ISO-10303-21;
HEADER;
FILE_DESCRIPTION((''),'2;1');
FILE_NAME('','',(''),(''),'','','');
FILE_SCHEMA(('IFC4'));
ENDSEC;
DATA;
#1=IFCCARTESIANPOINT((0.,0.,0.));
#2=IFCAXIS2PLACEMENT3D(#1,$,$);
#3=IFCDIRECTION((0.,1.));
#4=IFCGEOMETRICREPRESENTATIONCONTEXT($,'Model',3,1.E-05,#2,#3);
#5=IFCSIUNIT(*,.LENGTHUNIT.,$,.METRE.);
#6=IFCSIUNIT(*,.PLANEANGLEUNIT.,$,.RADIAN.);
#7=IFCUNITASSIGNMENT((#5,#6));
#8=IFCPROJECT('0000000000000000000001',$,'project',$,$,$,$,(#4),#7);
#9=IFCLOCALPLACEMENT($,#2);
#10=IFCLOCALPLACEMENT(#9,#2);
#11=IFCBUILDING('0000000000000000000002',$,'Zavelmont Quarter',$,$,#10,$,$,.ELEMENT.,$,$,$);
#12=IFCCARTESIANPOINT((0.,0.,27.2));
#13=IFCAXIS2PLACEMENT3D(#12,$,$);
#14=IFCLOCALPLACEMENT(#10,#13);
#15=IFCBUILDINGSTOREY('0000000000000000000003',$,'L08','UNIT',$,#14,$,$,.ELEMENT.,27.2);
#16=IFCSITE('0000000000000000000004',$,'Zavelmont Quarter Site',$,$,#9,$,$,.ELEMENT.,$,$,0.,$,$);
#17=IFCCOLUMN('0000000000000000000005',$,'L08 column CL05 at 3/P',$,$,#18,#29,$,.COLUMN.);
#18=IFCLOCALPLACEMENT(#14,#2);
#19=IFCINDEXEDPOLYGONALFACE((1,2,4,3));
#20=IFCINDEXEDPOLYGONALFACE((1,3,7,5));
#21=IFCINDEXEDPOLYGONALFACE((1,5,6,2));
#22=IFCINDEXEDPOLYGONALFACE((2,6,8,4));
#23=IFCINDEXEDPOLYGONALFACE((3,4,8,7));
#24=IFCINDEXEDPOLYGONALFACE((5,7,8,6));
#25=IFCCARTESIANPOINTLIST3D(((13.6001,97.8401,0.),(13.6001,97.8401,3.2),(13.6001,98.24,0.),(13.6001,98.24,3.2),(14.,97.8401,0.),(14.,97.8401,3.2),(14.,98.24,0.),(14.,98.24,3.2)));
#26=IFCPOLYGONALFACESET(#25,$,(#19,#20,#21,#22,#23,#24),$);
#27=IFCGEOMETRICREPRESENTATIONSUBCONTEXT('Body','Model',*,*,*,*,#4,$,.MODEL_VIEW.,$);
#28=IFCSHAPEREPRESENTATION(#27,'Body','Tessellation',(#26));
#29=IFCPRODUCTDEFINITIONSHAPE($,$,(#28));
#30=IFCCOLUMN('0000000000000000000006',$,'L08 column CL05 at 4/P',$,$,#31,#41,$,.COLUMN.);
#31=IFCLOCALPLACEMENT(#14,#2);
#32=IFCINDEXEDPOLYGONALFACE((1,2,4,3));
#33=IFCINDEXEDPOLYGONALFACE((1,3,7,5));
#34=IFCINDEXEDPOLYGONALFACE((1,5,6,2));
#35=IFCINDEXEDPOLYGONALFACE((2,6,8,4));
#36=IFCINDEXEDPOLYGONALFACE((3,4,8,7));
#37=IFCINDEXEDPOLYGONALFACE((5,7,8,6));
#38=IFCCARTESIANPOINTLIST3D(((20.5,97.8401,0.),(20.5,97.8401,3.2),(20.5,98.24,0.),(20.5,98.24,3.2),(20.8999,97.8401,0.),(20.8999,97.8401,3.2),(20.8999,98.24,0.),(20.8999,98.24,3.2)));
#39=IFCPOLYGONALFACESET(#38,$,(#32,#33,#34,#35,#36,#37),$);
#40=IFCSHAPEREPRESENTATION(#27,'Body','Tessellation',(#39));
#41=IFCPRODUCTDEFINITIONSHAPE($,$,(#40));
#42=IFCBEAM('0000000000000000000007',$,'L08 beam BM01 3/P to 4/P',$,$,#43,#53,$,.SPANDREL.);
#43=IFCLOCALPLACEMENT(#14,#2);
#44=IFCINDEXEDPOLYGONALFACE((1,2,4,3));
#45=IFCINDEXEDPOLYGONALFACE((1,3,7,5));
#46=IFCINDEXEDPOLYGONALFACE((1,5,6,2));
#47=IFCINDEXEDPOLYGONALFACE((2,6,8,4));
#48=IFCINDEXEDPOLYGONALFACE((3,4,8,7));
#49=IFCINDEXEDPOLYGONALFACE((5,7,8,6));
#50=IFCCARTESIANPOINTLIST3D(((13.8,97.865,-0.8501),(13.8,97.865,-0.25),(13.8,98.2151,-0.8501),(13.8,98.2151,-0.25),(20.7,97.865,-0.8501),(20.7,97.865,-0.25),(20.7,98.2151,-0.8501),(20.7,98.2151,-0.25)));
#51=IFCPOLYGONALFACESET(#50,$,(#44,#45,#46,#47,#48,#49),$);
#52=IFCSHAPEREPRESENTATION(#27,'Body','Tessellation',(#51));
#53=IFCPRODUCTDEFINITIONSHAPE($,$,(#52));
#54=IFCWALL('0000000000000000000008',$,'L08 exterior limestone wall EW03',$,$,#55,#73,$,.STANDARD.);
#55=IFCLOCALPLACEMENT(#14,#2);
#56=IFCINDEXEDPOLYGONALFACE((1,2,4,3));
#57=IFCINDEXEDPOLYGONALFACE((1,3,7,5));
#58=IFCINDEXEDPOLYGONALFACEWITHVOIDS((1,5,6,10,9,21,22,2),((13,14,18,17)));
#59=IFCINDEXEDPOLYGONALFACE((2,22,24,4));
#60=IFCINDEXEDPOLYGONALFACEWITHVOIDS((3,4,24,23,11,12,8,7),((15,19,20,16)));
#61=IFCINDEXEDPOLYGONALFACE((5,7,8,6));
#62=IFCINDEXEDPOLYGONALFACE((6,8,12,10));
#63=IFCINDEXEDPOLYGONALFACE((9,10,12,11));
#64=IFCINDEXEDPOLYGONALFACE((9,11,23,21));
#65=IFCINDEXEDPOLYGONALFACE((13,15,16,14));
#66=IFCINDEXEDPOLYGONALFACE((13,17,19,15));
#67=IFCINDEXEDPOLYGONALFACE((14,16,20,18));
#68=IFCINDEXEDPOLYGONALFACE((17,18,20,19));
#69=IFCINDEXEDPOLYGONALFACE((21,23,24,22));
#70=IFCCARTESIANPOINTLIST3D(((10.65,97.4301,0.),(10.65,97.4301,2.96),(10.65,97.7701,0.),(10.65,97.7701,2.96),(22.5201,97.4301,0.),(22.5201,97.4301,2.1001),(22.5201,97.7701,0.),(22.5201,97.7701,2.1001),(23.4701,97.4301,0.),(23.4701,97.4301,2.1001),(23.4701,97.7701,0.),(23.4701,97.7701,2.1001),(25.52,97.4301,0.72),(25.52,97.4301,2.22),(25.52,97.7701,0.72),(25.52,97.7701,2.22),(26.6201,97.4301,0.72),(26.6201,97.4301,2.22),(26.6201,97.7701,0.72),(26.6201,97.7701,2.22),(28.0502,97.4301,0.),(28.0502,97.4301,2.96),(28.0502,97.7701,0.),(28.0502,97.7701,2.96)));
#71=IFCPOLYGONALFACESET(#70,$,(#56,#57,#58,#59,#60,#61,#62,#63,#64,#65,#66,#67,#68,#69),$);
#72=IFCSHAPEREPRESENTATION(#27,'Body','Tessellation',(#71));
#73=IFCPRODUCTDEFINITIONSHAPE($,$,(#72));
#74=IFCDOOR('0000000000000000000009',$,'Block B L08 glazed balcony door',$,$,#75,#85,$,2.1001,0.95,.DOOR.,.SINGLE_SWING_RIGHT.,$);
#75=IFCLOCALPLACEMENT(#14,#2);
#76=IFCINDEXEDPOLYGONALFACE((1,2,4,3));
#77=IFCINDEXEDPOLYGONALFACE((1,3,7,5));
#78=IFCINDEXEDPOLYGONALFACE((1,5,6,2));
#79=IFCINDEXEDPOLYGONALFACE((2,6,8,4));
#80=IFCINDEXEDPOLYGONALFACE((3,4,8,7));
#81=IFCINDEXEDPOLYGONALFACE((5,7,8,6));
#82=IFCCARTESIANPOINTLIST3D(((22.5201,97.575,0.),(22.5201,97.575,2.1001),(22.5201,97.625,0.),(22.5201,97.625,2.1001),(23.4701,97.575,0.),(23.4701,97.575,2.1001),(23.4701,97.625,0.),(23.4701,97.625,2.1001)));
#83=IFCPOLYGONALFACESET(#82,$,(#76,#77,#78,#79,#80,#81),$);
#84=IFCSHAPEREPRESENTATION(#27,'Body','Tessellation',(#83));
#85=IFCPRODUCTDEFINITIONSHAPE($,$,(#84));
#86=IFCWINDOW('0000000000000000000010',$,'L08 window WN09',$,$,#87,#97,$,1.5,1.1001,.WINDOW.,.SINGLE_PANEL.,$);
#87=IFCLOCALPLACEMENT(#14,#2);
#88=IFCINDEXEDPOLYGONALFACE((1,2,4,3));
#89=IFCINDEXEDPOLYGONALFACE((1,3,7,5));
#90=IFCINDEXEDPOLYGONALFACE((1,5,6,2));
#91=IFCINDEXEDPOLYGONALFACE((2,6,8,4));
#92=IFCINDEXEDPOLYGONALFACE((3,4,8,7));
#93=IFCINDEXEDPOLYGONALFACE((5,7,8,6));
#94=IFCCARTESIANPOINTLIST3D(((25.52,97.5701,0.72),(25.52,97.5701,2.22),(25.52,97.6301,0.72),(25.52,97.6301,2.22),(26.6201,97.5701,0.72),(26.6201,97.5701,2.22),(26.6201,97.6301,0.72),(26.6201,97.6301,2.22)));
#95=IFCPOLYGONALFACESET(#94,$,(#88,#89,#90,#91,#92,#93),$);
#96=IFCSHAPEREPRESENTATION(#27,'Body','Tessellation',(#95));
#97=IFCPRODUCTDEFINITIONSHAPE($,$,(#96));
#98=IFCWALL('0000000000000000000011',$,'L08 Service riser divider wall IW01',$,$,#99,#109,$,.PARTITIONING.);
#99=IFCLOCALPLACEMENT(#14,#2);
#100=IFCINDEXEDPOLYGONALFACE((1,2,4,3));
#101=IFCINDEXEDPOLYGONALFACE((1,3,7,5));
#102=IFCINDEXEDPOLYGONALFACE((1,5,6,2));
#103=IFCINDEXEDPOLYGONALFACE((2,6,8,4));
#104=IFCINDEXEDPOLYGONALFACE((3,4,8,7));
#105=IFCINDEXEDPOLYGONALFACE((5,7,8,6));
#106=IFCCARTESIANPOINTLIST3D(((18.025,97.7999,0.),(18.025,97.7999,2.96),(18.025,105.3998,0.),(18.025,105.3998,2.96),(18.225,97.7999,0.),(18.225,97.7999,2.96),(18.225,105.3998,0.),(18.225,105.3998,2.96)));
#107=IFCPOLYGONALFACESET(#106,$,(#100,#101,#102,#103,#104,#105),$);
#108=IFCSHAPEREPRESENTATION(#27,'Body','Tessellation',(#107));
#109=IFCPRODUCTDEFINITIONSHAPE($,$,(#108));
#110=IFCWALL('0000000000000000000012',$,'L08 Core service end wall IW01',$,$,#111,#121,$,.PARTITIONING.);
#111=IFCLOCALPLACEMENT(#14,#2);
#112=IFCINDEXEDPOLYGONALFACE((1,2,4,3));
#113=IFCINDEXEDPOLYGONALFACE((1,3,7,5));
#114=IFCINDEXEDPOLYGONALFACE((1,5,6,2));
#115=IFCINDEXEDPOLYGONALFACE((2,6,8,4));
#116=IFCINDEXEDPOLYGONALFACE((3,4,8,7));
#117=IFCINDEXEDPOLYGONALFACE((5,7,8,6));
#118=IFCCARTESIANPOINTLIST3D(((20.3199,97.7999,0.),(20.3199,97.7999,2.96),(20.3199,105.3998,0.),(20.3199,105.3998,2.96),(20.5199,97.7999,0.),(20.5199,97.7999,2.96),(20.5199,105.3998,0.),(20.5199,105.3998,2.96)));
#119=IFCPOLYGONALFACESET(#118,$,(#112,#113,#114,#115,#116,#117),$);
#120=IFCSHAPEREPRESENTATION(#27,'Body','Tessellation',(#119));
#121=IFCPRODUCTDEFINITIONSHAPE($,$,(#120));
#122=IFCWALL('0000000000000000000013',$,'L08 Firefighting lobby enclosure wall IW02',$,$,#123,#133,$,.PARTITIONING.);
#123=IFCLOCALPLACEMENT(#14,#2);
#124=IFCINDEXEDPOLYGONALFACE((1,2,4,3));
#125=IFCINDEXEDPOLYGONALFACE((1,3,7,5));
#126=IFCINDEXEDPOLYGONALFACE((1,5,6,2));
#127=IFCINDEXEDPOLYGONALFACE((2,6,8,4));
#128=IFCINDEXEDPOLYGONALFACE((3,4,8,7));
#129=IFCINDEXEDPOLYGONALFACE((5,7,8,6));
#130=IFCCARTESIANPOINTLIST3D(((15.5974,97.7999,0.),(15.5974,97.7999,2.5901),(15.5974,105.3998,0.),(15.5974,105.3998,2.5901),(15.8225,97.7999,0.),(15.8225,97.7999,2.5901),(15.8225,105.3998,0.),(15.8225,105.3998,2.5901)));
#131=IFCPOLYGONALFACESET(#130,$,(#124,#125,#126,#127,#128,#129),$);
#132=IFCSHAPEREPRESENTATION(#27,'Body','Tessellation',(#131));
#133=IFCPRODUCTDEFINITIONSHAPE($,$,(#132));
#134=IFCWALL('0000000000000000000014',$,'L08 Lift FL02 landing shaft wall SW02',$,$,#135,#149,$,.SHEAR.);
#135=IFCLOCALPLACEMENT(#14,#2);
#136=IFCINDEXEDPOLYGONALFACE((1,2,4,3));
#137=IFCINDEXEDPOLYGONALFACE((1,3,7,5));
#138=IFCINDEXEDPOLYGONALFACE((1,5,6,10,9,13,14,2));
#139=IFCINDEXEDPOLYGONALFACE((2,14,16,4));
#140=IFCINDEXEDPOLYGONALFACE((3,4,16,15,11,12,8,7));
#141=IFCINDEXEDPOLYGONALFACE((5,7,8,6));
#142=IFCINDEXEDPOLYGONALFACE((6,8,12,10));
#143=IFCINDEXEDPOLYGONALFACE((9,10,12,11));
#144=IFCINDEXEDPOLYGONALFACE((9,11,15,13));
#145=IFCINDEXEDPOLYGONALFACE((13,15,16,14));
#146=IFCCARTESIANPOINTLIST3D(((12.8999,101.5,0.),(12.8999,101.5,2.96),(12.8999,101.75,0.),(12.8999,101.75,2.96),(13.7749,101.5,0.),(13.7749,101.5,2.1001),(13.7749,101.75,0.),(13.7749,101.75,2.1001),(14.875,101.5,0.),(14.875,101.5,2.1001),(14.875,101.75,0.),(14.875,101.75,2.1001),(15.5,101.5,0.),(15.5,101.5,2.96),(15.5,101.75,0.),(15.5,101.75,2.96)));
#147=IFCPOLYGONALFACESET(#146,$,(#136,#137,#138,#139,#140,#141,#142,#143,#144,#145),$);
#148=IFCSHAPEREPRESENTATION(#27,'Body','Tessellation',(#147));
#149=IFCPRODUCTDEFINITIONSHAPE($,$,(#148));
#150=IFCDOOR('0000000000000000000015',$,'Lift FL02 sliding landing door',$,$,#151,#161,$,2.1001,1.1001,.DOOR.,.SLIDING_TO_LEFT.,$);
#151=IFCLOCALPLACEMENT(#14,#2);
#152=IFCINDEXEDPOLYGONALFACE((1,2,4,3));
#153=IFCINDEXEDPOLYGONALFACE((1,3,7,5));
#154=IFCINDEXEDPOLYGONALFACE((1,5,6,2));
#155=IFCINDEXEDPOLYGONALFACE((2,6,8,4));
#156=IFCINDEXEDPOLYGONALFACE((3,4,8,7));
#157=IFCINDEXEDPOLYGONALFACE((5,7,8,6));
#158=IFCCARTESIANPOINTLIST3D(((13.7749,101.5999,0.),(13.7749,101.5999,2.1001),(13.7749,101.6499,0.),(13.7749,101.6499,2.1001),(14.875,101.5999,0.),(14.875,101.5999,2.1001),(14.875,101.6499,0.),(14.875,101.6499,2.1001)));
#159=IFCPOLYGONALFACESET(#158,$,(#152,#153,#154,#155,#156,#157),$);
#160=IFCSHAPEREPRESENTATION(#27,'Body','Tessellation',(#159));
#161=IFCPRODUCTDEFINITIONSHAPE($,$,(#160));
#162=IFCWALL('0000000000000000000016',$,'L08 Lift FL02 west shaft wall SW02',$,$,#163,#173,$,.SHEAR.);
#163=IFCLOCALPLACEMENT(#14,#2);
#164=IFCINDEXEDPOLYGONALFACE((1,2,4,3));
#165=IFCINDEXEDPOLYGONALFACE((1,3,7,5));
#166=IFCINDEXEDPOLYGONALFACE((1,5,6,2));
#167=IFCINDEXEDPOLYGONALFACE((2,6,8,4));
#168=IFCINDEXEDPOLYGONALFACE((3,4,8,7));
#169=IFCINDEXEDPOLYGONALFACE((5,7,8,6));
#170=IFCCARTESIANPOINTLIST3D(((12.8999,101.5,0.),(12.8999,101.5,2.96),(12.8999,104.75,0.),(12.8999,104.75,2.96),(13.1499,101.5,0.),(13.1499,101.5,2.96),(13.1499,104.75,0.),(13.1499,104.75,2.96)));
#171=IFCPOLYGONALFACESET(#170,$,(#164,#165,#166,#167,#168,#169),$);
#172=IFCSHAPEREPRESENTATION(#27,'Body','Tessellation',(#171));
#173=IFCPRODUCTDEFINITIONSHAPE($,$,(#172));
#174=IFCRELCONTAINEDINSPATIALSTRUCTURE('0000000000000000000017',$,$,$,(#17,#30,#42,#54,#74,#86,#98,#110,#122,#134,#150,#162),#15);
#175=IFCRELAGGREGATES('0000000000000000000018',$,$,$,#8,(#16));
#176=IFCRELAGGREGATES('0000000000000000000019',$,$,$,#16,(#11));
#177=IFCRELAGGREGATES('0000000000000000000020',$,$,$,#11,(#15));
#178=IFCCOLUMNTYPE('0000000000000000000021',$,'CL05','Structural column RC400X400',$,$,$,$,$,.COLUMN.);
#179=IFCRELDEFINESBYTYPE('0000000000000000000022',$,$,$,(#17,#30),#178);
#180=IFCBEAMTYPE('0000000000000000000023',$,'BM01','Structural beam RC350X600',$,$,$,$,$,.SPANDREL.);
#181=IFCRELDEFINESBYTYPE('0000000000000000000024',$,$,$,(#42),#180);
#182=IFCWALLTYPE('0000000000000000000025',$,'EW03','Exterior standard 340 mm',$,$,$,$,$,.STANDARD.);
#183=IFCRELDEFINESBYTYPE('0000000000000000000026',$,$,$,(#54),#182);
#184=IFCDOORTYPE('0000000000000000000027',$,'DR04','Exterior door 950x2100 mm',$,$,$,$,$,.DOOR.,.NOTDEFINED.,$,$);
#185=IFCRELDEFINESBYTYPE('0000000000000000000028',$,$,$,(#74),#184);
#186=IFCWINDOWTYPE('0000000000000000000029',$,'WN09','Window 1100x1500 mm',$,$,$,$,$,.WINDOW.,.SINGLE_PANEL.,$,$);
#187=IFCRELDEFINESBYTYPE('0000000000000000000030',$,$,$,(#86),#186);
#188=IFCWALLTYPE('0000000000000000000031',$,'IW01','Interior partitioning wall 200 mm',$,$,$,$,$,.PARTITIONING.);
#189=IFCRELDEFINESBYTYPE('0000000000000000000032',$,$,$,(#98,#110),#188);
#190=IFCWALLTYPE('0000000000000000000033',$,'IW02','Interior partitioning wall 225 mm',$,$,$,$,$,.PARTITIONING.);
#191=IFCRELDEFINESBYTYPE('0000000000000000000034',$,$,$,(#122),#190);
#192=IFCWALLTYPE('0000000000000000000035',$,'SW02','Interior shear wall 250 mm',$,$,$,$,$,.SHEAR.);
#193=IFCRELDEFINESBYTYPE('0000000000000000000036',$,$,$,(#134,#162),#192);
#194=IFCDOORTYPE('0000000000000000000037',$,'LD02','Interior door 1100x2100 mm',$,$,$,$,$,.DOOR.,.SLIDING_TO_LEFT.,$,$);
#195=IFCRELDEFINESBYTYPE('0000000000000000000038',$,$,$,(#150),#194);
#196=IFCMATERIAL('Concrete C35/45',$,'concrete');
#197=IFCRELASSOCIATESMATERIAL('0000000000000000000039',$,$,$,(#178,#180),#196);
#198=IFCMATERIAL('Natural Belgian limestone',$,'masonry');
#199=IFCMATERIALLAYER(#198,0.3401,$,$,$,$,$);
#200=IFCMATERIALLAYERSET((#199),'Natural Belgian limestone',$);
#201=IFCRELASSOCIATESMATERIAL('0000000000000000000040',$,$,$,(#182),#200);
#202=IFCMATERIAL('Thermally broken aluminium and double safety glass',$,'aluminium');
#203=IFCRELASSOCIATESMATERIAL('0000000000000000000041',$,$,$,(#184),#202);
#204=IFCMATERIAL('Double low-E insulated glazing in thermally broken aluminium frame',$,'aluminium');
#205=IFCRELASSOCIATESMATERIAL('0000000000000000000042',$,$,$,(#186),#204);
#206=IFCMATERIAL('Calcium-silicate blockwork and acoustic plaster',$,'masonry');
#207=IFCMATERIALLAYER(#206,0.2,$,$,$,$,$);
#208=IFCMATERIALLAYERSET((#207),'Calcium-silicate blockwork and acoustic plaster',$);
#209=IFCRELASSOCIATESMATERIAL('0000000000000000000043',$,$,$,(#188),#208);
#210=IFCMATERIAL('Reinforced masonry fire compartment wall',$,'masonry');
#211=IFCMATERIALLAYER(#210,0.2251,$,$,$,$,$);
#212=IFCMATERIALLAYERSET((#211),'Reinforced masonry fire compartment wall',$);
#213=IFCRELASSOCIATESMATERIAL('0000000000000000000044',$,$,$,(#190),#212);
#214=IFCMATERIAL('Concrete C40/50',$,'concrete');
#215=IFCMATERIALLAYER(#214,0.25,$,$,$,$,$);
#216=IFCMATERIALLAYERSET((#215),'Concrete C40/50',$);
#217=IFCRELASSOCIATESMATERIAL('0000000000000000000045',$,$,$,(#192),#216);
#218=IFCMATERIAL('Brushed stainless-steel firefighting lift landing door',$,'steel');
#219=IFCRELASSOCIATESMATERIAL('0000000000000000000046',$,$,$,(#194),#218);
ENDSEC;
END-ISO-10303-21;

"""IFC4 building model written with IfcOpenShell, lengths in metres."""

from ifc_helpers import new_model, si_unit, direction, frame, frame_2d, origin, origin_with_axes, origin_2d, place, context, subcontext, project, spatial, rectangle, extrude, material, layer, layer_set, material_profile, profile_set, type_object, element, fill, save


model = new_model("IFC4")

# Units and contexts
model_context = context("Model", 3, precision=1e-05, world=origin(), true_north=direction((0.0, 1.0)))
body_context = subcontext(model_context, "Body", "Model", "MODEL_VIEW")
ifc_project = project(units=[si_unit("LENGTHUNIT", "METRE"), si_unit("PLANEANGLEUNIT", "RADIAN")], contexts=[model_context])

# Site, building, storey
site_placement = place(None, origin())
site = spatial("IfcSite", under=ifc_project, at=site_placement, Name="Zavelmont Quarter Site", CompositionType="ELEMENT", RefElevation=0.0)
building_placement = place(site_placement, origin())
building = spatial("IfcBuilding", under=site, at=building_placement, Name="Zavelmont Quarter", CompositionType="ELEMENT")
storey_placement = place(building_placement, frame((0.0, 0.0, 27.2)))
storey = spatial("IfcBuildingStorey", under=building, at=storey_placement, Name="L08", Description="UNIT", CompositionType="ELEMENT", Elevation=27.2)

# Columns
ifc_material_1 = material(Name="Concrete C35/45", Category="concrete")
ifc_material_profile_1 = material_profile(ifc_material_1, rectangle(XDim=0.3999, YDim=0.3999, at=origin_2d()), Name="RC400X400")
ifc_profile_set_1 = profile_set([ifc_material_profile_1], Name="Concrete C35/45")
column_type = type_object("IfcColumnType", Name="CL05", Description="Structural column RC400X400", PredefinedType="COLUMN", material=ifc_profile_set_1)
for number, where, z_axis, x_axis, name in (
    (1, (13.8, 98.04, 0.0), (0.0, 0.0, 1.0), (1.0, 0.0, 0.0), "L08 column CL05 at 3/P"),
    (2, (20.7, 98.04, 0.0), (0.0, 0.0, 1.0), (1.0, 0.0, 0.0), "L08 column CL05 at 4/P"),
):
    element("IfcColumn", number, at=place(storey_placement, frame(where, z_axis=z_axis, x_axis=x_axis)), inside=storey, type_object=column_type, Name=name, PredefinedType="COLUMN", context=body_context, shape_type="SweptSolid", body=[
        extrude(rectangle(XDim=0.3999, YDim=0.3999, at=origin_2d()), origin(), (0.0, 0.0, 1.0), 3.2),
    ])

# Beam
ifc_material_profile_2 = material_profile(ifc_material_1, rectangle(XDim=0.3501, YDim=0.6001, at=origin_2d()), Name="RC350X600")
ifc_profile_set_2 = profile_set([ifc_material_profile_2], Name="Concrete C35/45")
beam_type = type_object("IfcBeamType", Name="BM01", Description="Structural beam RC350X600", PredefinedType="SPANDREL", material=ifc_profile_set_2)
beam_placement = place(storey_placement, frame((13.8, 98.04, -0.55), z_axis=(1.0, 0.0, 0.0), x_axis=(0.0, 1.0, 0.0)))
element("IfcBeam", 3, at=beam_placement, inside=storey, type_object=beam_type, Name="L08 beam BM01 3/P to 4/P", PredefinedType="SPANDREL", context=body_context, shape_type="SweptSolid", body=[
    extrude(rectangle(XDim=0.3501, YDim=0.6001, at=origin_2d()), origin(), (0.0, 0.0, 1.0), 6.8999),
])

# Wall, openings, door, window
ifc_material_2 = material(Name="Natural Belgian limestone", Category="masonry")
ifc_layer_1 = layer(ifc_material_2, 0.3401)
ifc_layer_set_1 = layer_set([ifc_layer_1], Name="Natural Belgian limestone")
wall_type_1 = type_object("IfcWallType", Name="EW03", Description="Exterior standard 340 mm", PredefinedType="STANDARD", material=ifc_layer_set_1)
wall_1_placement = place(storey_placement, frame((10.6499, 97.6001, 0.0), z_axis=(0.0, 0.0, 1.0), x_axis=(1.0, 0.0, 0.0)))
wall_1 = element("IfcWall", 4, at=wall_1_placement, inside=storey, type_object=wall_type_1, Name="L08 exterior limestone wall EW03", PredefinedType="STANDARD", context=body_context, shape_type="SweptSolid", body=[
    extrude(rectangle(XDim=17.4001, YDim=0.3401, at=frame_2d((8.7002, 0.0))), origin(), (0.0, 0.0, 1.0), 2.96),
])
opening_1_placement = place(wall_1_placement, frame((11.8701, 0.0, 0.0)))
opening_1 = element("IfcOpeningElement", 5, at=opening_1_placement, cuts=wall_1, PredefinedType="OPENING", context=body_context, shape_type="SweptSolid", body=[
    extrude(rectangle(XDim=0.95, YDim=2.1001, at=frame_2d((0.4751, 1.05))), frame((0.0, 0.1821, 0.0), z_axis=(0.0, -1.0, 0.0), x_axis=(1.0, 0.0, 0.0)), (0.0, 0.0, 1.0), 0.364),
])
opening_2_placement = place(wall_1_placement, frame((14.8701, 0.0, 0.72)))
opening_2 = element("IfcOpeningElement", 6, at=opening_2_placement, cuts=wall_1, PredefinedType="OPENING", context=body_context, shape_type="SweptSolid", body=[
    extrude(rectangle(XDim=1.1001, YDim=1.5, at=frame_2d((0.55, 0.75))), frame((0.0, 0.1821, 0.0), z_axis=(0.0, -1.0, 0.0), x_axis=(1.0, 0.0, 0.0)), (0.0, 0.0, 1.0), 0.364),
])
ifc_material_3 = material(Name="Thermally broken aluminium and double safety glass", Category="aluminium")
door_type_1 = type_object("IfcDoorType", Name="DR04", Description="Exterior door 950x2100 mm", OperationType="NOTDEFINED", PredefinedType="DOOR", material=ifc_material_3)
door_1_placement = place(opening_1_placement, origin_with_axes())
door_1 = element("IfcDoor", 7, at=door_1_placement, inside=storey, type_object=door_type_1, Name="Block B L08 glazed balcony door", OperationType="SINGLE_SWING_RIGHT", OverallHeight=2.1001, OverallWidth=0.95, PredefinedType="DOOR", context=body_context, shape_type="SweptSolid", body=[
    extrude(rectangle(XDim=0.95, YDim=2.1001, at=frame_2d((0.4751, 1.05))), frame((0.0, 0.0249, 0.0), z_axis=(0.0, -1.0, 0.0), x_axis=(1.0, 0.0, 0.0)), (0.0, 0.0, 1.0), 0.05),
])
fill(opening_1, door_1)
ifc_material_4 = material(Name="Double low-E insulated glazing in thermally broken aluminium frame", Category="aluminium")
window_type = type_object("IfcWindowType", Name="WN09", Description="Window 1100x1500 mm", PartitioningType="SINGLE_PANEL", PredefinedType="WINDOW", material=ifc_material_4)
window_placement = place(opening_2_placement, origin_with_axes())
window = element("IfcWindow", 8, at=window_placement, inside=storey, type_object=window_type, Name="L08 window WN09", OverallHeight=1.5, OverallWidth=1.1001, PartitioningType="SINGLE_PANEL", PredefinedType="WINDOW", context=body_context, shape_type="SweptSolid", body=[
    extrude(rectangle(XDim=1.1001, YDim=1.5, at=frame_2d((0.55, 0.75))), frame((0.0, 0.03, 0.0), z_axis=(0.0, -1.0, 0.0), x_axis=(1.0, 0.0, 0.0)), (0.0, 0.0, 1.0), 0.0601),
])
fill(opening_2, window)

# Walls
ifc_material_5 = material(Name="Calcium-silicate blockwork and acoustic plaster", Category="masonry")
ifc_layer_2 = layer(ifc_material_5, 0.2)
ifc_layer_set_2 = layer_set([ifc_layer_2], Name="Calcium-silicate blockwork and acoustic plaster")
wall_type_2 = type_object("IfcWallType", Name="IW01", Description="Interior partitioning wall 200 mm", PredefinedType="PARTITIONING", material=ifc_layer_set_2)
for number, where, z_axis, x_axis, name in (
    (9, (18.125, 97.8, 0.0), (0.0, 0.0, 1.0), (0.0, 1.0, 0.0), "L08 Service riser divider wall IW01"),
    (10, (20.4199, 97.8, 0.0), (0.0, 0.0, 1.0), (0.0, 1.0, 0.0), "L08 Core service end wall IW01"),
):
    element("IfcWall", number, at=place(storey_placement, frame(where, z_axis=z_axis, x_axis=x_axis)), inside=storey, type_object=wall_type_2, Name=name, PredefinedType="PARTITIONING", context=body_context, shape_type="SweptSolid", body=[
        extrude(rectangle(XDim=7.5999, YDim=0.2, at=frame_2d((3.7998, 0.0))), origin(), (0.0, 0.0, 1.0), 2.96),
    ])
ifc_material_6 = material(Name="Reinforced masonry fire compartment wall", Category="masonry")
ifc_layer_3 = layer(ifc_material_6, 0.2251)
ifc_layer_set_3 = layer_set([ifc_layer_3], Name="Reinforced masonry fire compartment wall")
wall_type_3 = type_object("IfcWallType", Name="IW02", Description="Interior partitioning wall 225 mm", PredefinedType="PARTITIONING", material=ifc_layer_set_3)
wall_2_placement = place(storey_placement, frame((15.71, 97.8, 0.0), z_axis=(0.0, 0.0, 1.0), x_axis=(0.0, 1.0, 0.0)))
element("IfcWall", 11, at=wall_2_placement, inside=storey, type_object=wall_type_3, Name="L08 Firefighting lobby enclosure wall IW02", PredefinedType="PARTITIONING", context=body_context, shape_type="SweptSolid", body=[
    extrude(rectangle(XDim=7.5999, YDim=0.2251, at=frame_2d((3.7998, 0.0))), origin(), (0.0, 0.0, 1.0), 2.5901),
])

# Wall, opening, door
ifc_material_7 = material(Name="Concrete C40/50", Category="concrete")
ifc_layer_4 = layer(ifc_material_7, 0.25)
ifc_layer_set_4 = layer_set([ifc_layer_4], Name="Concrete C40/50")
wall_type_4 = type_object("IfcWallType", Name="SW02", Description="Interior shear wall 250 mm", PredefinedType="SHEAR", material=ifc_layer_set_4)
wall_3_placement = place(storey_placement, frame((12.8999, 101.625, 0.0), z_axis=(0.0, 0.0, 1.0), x_axis=(1.0, 0.0, 0.0)))
wall_3 = element("IfcWall", 12, at=wall_3_placement, inside=storey, type_object=wall_type_4, Name="L08 Lift FL02 landing shaft wall SW02", PredefinedType="SHEAR", context=body_context, shape_type="SweptSolid", body=[
    extrude(rectangle(XDim=2.6001, YDim=0.25, at=frame_2d((1.3, 0.0))), origin(), (0.0, 0.0, 1.0), 2.96),
])
opening_3_placement = place(wall_3_placement, frame((0.875, 0.0, 0.0)))
opening_3 = element("IfcOpeningElement", 13, at=opening_3_placement, cuts=wall_3, PredefinedType="OPENING", context=body_context, shape_type="SweptSolid", body=[
    extrude(rectangle(XDim=1.1001, YDim=2.1001, at=frame_2d((0.55, 1.05))), frame((0.0, 0.137, 0.0), z_axis=(0.0, -1.0, 0.0), x_axis=(1.0, 0.0, 0.0)), (0.0, 0.0, 1.0), 0.2739),
])
ifc_material_8 = material(Name="Brushed stainless-steel firefighting lift landing door", Category="steel")
door_type_2 = type_object("IfcDoorType", Name="LD02", Description="Interior door 1100x2100 mm", OperationType="SLIDING_TO_LEFT", PredefinedType="DOOR", material=ifc_material_8)
door_2_placement = place(opening_3_placement, origin_with_axes())
door_2 = element("IfcDoor", 14, at=door_2_placement, inside=storey, type_object=door_type_2, Name="Lift FL02 sliding landing door", OperationType="SLIDING_TO_LEFT", OverallHeight=2.1001, OverallWidth=1.1001, PredefinedType="DOOR", context=body_context, shape_type="SweptSolid", body=[
    extrude(rectangle(XDim=1.1001, YDim=2.1001, at=frame_2d((0.55, 1.05))), frame((0.0, 0.0249, 0.0), z_axis=(0.0, -1.0, 0.0), x_axis=(1.0, 0.0, 0.0)), (0.0, 0.0, 1.0), 0.05),
])
fill(opening_3, door_2)

# Wall
for number, where, z_axis, x_axis, name in (
    (15, (13.0249, 101.5, 0.0), (0.0, 0.0, 1.0), (0.0, 1.0, 0.0), "L08 Lift FL02 west shaft wall SW02"),
):
    element("IfcWall", number, at=place(storey_placement, frame(where, z_axis=z_axis, x_axis=x_axis)), inside=storey, type_object=wall_type_4, Name=name, PredefinedType="SHEAR", context=body_context, shape_type="SweptSolid", body=[
        extrude(rectangle(XDim=3.25, YDim=0.25, at=frame_2d((1.625, 0.0))), origin(), (0.0, 0.0, 1.0), 2.96),
    ])

save(model, "model.ifc")
